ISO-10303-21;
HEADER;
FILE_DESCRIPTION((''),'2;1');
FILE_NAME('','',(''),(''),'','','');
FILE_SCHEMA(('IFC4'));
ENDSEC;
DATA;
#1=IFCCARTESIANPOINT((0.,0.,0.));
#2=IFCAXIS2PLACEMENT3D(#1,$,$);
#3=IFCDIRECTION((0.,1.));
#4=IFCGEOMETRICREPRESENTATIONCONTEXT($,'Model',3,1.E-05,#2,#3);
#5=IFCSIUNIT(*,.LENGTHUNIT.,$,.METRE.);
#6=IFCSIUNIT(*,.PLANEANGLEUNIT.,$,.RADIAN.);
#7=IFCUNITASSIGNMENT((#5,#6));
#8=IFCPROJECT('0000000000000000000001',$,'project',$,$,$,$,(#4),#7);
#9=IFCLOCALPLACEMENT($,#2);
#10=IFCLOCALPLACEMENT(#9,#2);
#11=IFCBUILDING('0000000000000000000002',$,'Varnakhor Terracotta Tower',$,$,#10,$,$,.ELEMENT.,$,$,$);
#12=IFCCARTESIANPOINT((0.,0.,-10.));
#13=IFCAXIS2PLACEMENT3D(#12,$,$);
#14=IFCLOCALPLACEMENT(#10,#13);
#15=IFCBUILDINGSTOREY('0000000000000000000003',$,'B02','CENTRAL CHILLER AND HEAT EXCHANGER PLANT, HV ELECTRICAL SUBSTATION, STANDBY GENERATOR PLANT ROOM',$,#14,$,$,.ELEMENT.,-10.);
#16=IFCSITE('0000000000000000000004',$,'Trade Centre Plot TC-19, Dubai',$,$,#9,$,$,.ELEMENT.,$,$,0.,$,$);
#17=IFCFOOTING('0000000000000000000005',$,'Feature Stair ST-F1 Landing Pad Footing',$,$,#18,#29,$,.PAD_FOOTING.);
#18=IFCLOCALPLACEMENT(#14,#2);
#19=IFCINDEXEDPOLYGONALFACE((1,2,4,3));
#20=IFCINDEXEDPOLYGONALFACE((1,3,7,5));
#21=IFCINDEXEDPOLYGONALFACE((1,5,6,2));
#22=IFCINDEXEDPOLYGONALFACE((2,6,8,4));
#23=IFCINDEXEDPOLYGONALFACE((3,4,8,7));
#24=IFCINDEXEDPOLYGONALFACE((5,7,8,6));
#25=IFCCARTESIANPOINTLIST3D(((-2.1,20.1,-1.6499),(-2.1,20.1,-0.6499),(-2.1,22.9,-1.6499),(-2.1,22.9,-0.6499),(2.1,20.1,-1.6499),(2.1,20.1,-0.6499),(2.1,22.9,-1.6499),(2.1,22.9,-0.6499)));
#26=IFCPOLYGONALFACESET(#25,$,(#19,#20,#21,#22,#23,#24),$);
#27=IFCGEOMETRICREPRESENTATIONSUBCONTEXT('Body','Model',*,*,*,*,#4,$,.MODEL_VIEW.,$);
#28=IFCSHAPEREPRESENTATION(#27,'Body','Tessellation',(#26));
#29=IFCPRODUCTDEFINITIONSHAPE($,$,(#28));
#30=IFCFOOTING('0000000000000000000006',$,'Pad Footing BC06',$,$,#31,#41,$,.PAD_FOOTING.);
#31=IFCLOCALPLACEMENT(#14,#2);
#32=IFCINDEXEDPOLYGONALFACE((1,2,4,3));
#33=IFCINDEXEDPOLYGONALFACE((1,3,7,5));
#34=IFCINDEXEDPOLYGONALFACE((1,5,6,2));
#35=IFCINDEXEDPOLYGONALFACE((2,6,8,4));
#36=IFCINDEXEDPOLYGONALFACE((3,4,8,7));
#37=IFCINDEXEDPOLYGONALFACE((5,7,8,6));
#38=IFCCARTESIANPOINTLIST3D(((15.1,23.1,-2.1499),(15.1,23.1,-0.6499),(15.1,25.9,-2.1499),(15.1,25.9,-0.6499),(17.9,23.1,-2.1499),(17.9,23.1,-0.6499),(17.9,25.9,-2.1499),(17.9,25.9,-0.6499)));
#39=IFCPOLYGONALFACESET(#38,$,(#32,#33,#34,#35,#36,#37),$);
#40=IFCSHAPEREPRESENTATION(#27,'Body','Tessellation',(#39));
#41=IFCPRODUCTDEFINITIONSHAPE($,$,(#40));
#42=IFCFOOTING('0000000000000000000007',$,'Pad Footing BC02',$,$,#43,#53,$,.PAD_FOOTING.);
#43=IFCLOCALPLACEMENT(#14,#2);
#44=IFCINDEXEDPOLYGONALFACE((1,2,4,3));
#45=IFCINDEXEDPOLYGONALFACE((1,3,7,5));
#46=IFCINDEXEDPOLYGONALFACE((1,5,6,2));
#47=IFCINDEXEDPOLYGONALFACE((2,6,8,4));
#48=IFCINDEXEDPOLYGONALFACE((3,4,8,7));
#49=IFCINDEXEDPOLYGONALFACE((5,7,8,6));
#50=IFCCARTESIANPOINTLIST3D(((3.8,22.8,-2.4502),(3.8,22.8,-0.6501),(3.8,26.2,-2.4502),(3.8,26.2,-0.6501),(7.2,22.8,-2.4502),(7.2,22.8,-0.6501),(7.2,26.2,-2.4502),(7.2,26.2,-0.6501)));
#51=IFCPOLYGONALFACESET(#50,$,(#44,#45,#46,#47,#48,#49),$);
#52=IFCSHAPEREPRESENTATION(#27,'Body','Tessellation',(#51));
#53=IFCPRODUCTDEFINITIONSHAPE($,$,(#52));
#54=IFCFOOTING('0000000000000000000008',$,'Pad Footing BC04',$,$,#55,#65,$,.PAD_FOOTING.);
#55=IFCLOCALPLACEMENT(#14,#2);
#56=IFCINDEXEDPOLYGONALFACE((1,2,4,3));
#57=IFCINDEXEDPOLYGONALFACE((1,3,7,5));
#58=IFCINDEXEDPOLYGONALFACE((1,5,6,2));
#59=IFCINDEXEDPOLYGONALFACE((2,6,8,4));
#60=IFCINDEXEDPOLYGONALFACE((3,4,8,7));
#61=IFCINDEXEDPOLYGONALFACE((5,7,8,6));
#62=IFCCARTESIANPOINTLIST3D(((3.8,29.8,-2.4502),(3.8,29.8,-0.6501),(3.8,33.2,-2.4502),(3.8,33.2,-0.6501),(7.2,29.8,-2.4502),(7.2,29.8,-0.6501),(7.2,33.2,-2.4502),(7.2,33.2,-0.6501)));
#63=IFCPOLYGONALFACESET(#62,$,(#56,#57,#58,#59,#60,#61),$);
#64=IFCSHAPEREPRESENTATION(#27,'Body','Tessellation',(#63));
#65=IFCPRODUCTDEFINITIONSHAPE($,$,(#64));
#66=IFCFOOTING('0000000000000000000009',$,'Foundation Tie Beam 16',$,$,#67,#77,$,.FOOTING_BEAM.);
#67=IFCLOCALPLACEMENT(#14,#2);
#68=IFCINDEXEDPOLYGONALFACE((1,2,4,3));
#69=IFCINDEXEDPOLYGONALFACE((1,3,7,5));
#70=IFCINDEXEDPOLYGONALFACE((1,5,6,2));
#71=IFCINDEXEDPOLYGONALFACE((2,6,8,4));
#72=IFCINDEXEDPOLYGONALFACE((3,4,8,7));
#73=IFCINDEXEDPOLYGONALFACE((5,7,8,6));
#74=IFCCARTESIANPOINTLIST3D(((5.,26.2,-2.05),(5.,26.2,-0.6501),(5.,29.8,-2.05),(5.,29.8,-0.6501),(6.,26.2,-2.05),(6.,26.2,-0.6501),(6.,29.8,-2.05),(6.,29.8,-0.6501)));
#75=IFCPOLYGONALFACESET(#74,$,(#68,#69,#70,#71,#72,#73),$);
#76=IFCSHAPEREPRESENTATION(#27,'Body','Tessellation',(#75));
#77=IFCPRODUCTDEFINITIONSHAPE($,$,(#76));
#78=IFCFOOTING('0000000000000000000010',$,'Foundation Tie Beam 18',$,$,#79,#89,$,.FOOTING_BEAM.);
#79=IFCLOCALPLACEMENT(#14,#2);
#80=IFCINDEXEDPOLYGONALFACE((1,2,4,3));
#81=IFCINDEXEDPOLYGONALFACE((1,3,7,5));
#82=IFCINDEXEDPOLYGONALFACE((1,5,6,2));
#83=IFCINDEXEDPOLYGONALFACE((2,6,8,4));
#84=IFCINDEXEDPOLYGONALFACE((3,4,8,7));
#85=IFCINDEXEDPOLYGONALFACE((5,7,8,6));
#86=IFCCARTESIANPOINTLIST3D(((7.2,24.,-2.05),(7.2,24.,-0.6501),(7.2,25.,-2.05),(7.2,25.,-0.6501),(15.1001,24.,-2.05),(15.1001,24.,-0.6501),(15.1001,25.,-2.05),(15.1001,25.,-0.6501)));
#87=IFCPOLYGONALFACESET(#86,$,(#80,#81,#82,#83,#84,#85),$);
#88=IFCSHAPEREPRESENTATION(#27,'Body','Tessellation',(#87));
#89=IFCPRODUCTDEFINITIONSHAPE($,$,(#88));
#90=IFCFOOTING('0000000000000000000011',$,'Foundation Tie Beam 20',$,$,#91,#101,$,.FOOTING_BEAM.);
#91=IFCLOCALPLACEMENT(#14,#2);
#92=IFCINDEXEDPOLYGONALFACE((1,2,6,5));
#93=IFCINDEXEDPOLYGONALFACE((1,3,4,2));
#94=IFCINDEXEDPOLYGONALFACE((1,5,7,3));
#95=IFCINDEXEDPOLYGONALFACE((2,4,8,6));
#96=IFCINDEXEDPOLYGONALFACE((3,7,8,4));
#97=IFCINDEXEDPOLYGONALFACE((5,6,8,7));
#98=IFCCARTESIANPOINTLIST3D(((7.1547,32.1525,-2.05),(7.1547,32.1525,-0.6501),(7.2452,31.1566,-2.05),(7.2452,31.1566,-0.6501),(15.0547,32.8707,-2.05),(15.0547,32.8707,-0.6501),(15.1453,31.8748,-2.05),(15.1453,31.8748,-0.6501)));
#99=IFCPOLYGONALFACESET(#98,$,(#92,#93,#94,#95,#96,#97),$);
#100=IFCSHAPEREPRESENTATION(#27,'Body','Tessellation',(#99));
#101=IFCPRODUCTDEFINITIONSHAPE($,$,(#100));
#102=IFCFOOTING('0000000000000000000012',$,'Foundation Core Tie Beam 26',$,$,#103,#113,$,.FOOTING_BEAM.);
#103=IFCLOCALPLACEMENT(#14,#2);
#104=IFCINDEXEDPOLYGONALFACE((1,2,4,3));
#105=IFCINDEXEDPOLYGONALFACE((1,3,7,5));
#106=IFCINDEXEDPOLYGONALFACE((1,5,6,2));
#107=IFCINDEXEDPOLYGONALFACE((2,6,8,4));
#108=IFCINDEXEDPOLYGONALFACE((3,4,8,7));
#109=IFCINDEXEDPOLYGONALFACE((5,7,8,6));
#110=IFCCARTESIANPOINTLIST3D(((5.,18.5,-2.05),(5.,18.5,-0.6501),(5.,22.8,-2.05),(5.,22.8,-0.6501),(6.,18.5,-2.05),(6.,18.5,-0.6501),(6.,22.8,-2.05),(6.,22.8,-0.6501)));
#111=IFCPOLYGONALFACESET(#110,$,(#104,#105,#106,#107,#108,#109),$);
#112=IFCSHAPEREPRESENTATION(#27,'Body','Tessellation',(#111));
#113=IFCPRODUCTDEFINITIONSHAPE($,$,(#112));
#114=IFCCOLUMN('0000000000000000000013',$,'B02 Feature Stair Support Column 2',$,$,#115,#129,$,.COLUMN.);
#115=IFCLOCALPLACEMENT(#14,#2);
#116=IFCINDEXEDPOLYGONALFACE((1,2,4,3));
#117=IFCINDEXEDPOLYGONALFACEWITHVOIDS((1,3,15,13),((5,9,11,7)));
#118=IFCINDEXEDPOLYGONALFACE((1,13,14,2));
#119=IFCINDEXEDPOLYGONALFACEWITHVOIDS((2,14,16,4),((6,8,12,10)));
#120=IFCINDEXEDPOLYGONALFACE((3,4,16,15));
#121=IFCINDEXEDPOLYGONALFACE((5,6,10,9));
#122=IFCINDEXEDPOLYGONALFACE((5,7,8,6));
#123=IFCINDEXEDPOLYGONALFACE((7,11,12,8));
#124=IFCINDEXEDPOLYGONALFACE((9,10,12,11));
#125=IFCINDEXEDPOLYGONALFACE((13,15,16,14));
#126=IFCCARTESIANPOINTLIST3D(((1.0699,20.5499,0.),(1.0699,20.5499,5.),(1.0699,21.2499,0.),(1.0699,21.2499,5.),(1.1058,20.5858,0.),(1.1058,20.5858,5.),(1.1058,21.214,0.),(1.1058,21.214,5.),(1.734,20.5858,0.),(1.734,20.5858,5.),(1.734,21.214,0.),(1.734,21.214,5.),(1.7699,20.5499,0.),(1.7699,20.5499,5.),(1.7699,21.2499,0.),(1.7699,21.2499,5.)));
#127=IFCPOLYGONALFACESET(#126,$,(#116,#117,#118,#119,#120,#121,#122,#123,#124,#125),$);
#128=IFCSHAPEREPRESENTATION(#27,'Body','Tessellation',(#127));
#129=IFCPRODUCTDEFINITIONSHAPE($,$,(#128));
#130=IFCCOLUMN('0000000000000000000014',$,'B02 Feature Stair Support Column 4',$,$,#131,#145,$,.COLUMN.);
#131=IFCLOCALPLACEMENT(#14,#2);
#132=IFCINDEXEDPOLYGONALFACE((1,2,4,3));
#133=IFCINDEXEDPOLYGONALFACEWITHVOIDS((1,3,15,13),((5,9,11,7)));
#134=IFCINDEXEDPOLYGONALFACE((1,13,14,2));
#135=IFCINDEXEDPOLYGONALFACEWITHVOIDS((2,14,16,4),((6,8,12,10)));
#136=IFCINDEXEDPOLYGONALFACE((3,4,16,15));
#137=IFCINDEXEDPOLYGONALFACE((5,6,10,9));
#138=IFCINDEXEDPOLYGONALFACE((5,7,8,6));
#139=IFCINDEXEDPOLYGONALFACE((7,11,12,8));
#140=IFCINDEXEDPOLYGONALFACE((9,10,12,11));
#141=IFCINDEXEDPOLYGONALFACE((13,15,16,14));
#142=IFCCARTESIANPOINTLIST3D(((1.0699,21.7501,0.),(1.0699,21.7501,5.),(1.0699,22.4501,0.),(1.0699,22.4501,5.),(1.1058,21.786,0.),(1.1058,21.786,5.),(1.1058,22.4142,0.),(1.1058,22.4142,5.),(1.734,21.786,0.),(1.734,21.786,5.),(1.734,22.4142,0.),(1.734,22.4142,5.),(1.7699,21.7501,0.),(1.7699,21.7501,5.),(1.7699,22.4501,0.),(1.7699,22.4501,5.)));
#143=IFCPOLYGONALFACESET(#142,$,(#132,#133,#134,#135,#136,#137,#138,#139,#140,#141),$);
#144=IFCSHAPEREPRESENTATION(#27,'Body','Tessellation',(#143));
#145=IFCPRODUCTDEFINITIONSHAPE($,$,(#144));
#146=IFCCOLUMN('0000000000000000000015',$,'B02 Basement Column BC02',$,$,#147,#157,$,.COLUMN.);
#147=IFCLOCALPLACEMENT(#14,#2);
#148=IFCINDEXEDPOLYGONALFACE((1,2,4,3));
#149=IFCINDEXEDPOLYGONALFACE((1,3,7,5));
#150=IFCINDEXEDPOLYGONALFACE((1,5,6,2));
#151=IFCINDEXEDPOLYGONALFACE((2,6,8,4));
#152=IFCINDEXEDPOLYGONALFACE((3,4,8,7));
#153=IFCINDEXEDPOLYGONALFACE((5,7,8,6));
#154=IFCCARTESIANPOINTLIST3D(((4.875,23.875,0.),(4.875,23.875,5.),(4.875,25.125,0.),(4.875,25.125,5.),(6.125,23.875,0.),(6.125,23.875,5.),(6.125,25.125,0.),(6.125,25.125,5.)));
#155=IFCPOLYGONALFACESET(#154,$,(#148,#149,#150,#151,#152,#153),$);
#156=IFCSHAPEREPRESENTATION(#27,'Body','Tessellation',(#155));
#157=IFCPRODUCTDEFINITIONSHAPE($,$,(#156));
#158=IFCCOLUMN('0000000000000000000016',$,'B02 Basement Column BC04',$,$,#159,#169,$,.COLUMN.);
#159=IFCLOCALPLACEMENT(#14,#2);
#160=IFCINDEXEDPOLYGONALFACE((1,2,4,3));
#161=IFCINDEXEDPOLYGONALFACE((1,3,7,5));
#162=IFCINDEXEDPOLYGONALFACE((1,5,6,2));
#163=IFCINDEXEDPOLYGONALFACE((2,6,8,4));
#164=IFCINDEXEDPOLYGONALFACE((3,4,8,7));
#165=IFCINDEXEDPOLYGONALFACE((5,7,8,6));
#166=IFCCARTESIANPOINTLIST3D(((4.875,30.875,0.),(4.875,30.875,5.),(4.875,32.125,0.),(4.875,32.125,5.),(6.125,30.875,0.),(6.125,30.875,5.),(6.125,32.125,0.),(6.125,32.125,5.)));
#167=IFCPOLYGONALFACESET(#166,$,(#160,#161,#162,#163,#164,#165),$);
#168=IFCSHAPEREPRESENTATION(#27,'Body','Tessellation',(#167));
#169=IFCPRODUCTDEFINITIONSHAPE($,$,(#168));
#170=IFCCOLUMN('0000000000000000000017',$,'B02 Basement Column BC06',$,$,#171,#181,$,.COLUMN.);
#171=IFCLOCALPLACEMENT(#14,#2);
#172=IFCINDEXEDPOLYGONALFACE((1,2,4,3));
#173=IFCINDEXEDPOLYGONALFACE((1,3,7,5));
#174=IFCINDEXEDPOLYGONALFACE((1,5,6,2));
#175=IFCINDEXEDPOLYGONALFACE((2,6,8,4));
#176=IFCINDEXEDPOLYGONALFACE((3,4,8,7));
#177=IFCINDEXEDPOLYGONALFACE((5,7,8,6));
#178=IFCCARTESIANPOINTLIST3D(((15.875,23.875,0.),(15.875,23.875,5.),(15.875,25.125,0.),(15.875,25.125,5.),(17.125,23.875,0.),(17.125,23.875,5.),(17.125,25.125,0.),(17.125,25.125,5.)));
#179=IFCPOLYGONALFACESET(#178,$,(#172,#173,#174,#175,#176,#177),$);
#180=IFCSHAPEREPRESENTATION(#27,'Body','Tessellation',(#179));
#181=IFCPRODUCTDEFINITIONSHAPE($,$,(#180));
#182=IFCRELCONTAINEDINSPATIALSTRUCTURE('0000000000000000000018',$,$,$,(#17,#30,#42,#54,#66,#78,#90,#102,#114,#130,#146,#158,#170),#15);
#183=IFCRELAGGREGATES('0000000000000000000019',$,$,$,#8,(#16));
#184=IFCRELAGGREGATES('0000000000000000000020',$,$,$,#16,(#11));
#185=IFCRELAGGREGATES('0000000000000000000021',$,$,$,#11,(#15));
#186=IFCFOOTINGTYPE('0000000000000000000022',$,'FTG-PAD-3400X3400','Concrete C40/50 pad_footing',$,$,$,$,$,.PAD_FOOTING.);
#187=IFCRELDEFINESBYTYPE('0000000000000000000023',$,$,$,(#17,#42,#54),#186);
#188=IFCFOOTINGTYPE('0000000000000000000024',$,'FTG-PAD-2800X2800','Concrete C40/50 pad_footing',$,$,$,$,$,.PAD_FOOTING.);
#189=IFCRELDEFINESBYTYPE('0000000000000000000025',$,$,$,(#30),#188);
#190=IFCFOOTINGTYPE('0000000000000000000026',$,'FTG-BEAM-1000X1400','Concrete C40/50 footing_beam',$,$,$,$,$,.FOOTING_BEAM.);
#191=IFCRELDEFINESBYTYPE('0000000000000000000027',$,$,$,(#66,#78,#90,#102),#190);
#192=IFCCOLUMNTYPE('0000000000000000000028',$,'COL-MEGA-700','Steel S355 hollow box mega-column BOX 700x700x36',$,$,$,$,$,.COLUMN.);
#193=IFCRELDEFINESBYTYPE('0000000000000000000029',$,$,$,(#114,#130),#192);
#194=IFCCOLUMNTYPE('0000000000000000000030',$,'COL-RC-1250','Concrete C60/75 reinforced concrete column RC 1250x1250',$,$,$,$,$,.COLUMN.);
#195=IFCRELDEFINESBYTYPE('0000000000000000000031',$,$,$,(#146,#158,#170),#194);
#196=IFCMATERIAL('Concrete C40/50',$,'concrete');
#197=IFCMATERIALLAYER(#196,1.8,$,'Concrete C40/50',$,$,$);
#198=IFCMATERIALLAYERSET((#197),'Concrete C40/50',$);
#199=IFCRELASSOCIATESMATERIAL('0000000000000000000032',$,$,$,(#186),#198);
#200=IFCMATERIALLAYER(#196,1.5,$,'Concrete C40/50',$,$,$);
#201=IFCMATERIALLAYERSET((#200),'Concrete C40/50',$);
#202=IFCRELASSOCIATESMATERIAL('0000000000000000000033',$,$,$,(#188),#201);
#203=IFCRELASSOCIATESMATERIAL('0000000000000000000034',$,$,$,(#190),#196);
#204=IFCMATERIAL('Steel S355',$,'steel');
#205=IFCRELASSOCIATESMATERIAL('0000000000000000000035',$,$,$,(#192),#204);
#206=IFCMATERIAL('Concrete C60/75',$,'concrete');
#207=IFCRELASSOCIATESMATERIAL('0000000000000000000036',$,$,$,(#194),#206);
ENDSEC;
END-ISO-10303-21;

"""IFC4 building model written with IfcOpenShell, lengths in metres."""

from ifc_helpers import new_model, si_unit, direction, frame, origin, origin_2d, place, context, subcontext, project, spatial, rectangle, hollow_rectangle, extrude, source, transform, mapped, material, layer, layer_set, material_profile, profile_set, type_object, type_shapes, element, save


model = new_model("IFC4")

# Units and contexts
model_context = context("Model", 3, precision=1e-05, world=origin(), true_north=direction((0.0, 1.0)))
body_context = subcontext(model_context, "Body", "Model", "MODEL_VIEW")
ifc_project = project(units=[si_unit("LENGTHUNIT", "METRE"), si_unit("PLANEANGLEUNIT", "RADIAN")], contexts=[model_context])

# Site, building, storey
site_placement = place(None, origin())
site = spatial("IfcSite", under=ifc_project, at=site_placement, Name="Trade Centre Plot TC-19, Dubai", CompositionType="ELEMENT", RefElevation=0.0)
building_placement = place(site_placement, origin())
building = spatial("IfcBuilding", under=site, at=building_placement, Name="Varnakhor Terracotta Tower", CompositionType="ELEMENT")
storey_placement = place(building_placement, frame((0.0, 0.0, -10.0)))
storey = spatial("IfcBuildingStorey", under=building, at=storey_placement, Name="B02", Description="CENTRAL CHILLER AND HEAT EXCHANGER PLANT, HV ELECTRICAL SUBSTATION, STANDBY GENERATOR PLANT ROOM", CompositionType="ELEMENT", Elevation=-10.0)

# Footings
ifc_material_1 = material(Name="Concrete C40/50", Category="concrete")
ifc_layer_1 = layer(ifc_material_1, 1.8, Name="Concrete C40/50")
ifc_layer_set_1 = layer_set([ifc_layer_1], Name="Concrete C40/50")
footing_type_1 = type_object("IfcFootingType", Name="FTG-PAD-3400X3400", Description="Concrete C40/50 pad_footing", PredefinedType="PAD_FOOTING", material=ifc_layer_set_1)
shared_shape_1 = source(origin(), body_context, "Body", "SweptSolid", [
    extrude(rectangle(XDim=4.2, YDim=2.8, at=origin_2d()), origin(), (0.0, 0.0, 1.0), 1.0),
])
footing_1_placement = place(storey_placement, frame((0.0, 21.5, -1.6499), z_axis=(0.0, 0.0, 1.0), x_axis=(1.0, 0.0, 0.0)))
element("IfcFooting", 1, at=footing_1_placement, inside=storey, type_object=footing_type_1, Name="Feature Stair ST-F1 Landing Pad Footing", PredefinedType="PAD_FOOTING", context=body_context, shape_type="MappedRepresentation", body=[
    mapped(shared_shape_1, transform((0.0, 0.0, 0.0), scale=1.0)),
])
ifc_layer_2 = layer(ifc_material_1, 1.5, Name="Concrete C40/50")
ifc_layer_set_2 = layer_set([ifc_layer_2], Name="Concrete C40/50")
footing_type_2 = type_object("IfcFootingType", Name="FTG-PAD-2800X2800", Description="Concrete C40/50 pad_footing", PredefinedType="PAD_FOOTING", material=ifc_layer_set_2)
shared_shape_2 = source(origin(), body_context, "Body", "SweptSolid", [
    extrude(rectangle(XDim=2.8, YDim=2.8, at=origin_2d()), origin(), (0.0, 0.0, 1.0), 1.5),
])
footing_2_placement = place(storey_placement, frame((16.5, 24.5, -2.1499), z_axis=(0.0, 0.0, 1.0), x_axis=(1.0, 0.0, 0.0)))
element("IfcFooting", 2, at=footing_2_placement, inside=storey, type_object=footing_type_2, Name="Pad Footing BC06", PredefinedType="PAD_FOOTING", context=body_context, shape_type="MappedRepresentation", body=[
    mapped(shared_shape_2, transform((0.0, 0.0, 0.0), scale=1.0)),
])
shared_shape_3 = source(origin(), body_context, "Body", "SweptSolid", [
    extrude(rectangle(XDim=3.3999, YDim=3.3999, at=origin_2d()), origin(), (0.0, 0.0, 1.0), 1.8),
])
for number, where, z_axis, x_axis, name in (
    (3, (5.5, 24.5, -2.4502), (0.0, 0.0, 1.0), (1.0, 0.0, 0.0), "Pad Footing BC02"),
    (4, (5.5, 31.5, -2.4502), (0.0, 0.0, 1.0), (1.0, 0.0, 0.0), "Pad Footing BC04"),
):
    element("IfcFooting", number, at=place(storey_placement, frame(where, z_axis=z_axis, x_axis=x_axis)), inside=storey, type_object=footing_type_1, Name=name, PredefinedType="PAD_FOOTING", context=body_context, shape_type="MappedRepresentation", body=[
        mapped(shared_shape_3, transform((0.0, 0.0, 0.0), scale=1.0)),
    ])
ifc_material_profile_1 = material_profile(ifc_material_1, rectangle(XDim=1.0, YDim=1.3999, at=origin_2d()), Name="TIE BEAM 1000x1400")
ifc_profile_set_1 = profile_set([ifc_material_profile_1], Name="Concrete C40/50")
footing_type_3 = type_object("IfcFootingType", Name="FTG-BEAM-1000X1400", Description="Concrete C40/50 footing_beam", PredefinedType="FOOTING_BEAM", material=ifc_profile_set_1)
shared_shape_4 = source(origin(), body_context, "Body", "SweptSolid", [
    extrude(rectangle(XDim=1.0, YDim=1.3999, at=origin_2d()), origin(), (0.0, 0.0, 1.0), 3.6001),
])
footing_3_placement = place(storey_placement, frame((5.5, 26.2, -1.3501), z_axis=(0.0, 1.0, 0.0), x_axis=(-1.0, 0.0, 0.0)))
element("IfcFooting", 5, at=footing_3_placement, inside=storey, type_object=footing_type_3, Name="Foundation Tie Beam 16", PredefinedType="FOOTING_BEAM", context=body_context, shape_type="MappedRepresentation", body=[
    mapped(shared_shape_4, transform((0.0, 0.0, 0.0), scale=1.0)),
])
shared_shape_5 = source(origin(), body_context, "Body", "SweptSolid", [
    extrude(rectangle(XDim=1.0, YDim=1.3999, at=origin_2d()), origin(), (0.0, 0.0, 1.0), 7.9001),
])
footing_4_placement = place(storey_placement, frame((7.2, 24.5, -1.3501), z_axis=(1.0, 0.0, 0.0), x_axis=(0.0, 1.0, 0.0)))
element("IfcFooting", 6, at=footing_4_placement, inside=storey, type_object=footing_type_3, Name="Foundation Tie Beam 18", PredefinedType="FOOTING_BEAM", context=body_context, shape_type="MappedRepresentation", body=[
    mapped(shared_shape_5, transform((0.0, 0.0, 0.0), scale=1.0)),
])
shared_shape_6 = source(origin(), body_context, "Body", "SweptSolid", [
    extrude(rectangle(XDim=1.0, YDim=1.3999, at=origin_2d()), origin(), (0.0, 0.0, 1.0), 7.9326),
])
footing_5_placement = place(storey_placement, frame((7.2, 31.6545, -1.3501), z_axis=(0.995892, 0.090544, 0.0), x_axis=(-0.090544, 0.995892, 0.0)))
element("IfcFooting", 7, at=footing_5_placement, inside=storey, type_object=footing_type_3, Name="Foundation Tie Beam 20", PredefinedType="FOOTING_BEAM", context=body_context, shape_type="MappedRepresentation", body=[
    mapped(shared_shape_6, transform((0.0, 0.0, 0.0), scale=1.0)),
])
shared_shape_7 = source(origin(), body_context, "Body", "SweptSolid", [
    extrude(rectangle(XDim=1.0, YDim=1.3999, at=origin_2d()), origin(), (0.0, 0.0, 1.0), 4.3),
])
footing_6_placement = place(storey_placement, frame((5.5, 18.5, -1.3501), z_axis=(0.0, 1.0, 0.0), x_axis=(-1.0, 0.0, 0.0)))
element("IfcFooting", 8, at=footing_6_placement, inside=storey, type_object=footing_type_3, Name="Foundation Core Tie Beam 26", PredefinedType="FOOTING_BEAM", context=body_context, shape_type="MappedRepresentation", body=[
    mapped(shared_shape_7, transform((0.0, 0.0, 0.0), scale=1.0)),
])

# Columns
ifc_material_2 = material(Name="Steel S355", Category="steel")
ifc_material_profile_2 = material_profile(ifc_material_2, hollow_rectangle(XDim=0.7, YDim=0.7, WallThickness=0.0359, at=origin_2d()), Name="BOX 700x700x36")
ifc_profile_set_2 = profile_set([ifc_material_profile_2], Name="Steel S355")
column_type_1 = type_object("IfcColumnType", Name="COL-MEGA-700", Description="Steel S355 hollow box mega-column BOX 700x700x36", PredefinedType="COLUMN", material=ifc_profile_set_2)
shared_shape_8 = source(origin(), body_context, "Body", "SweptSolid", [
    extrude(hollow_rectangle(XDim=0.7, YDim=0.7, WallThickness=0.0359, at=origin_2d()), origin(), (0.0, 0.0, 1.0), 5.0),
])
type_shapes(column_type_1, [shared_shape_8])
for number, where, z_axis, x_axis, name in (
    (9, (1.4199, 20.8999, 0.0), (0.0, 0.0, 1.0), (1.0, 0.0, 0.0), "B02 Feature Stair Support Column 2"),
    (10, (1.4199, 22.1001, 0.0), (0.0, 0.0, 1.0), (1.0, 0.0, 0.0), "B02 Feature Stair Support Column 4"),
):
    element("IfcColumn", number, at=place(storey_placement, frame(where, z_axis=z_axis, x_axis=x_axis)), inside=storey, type_object=column_type_1, Name=name, PredefinedType="COLUMN", context=body_context, shape_type="MappedRepresentation", body=[
        mapped(shared_shape_8, transform((0.0, 0.0, 0.0), scale=1.0)),
    ])
ifc_material_3 = material(Name="Concrete C60/75", Category="concrete")
ifc_material_profile_3 = material_profile(ifc_material_3, rectangle(XDim=1.25, YDim=1.25, at=origin_2d()), Name="RC 1250x1250")
ifc_profile_set_3 = profile_set([ifc_material_profile_3], Name="Concrete C60/75")
column_type_2 = type_object("IfcColumnType", Name="COL-RC-1250", Description="Concrete C60/75 reinforced concrete column RC 1250x1250", PredefinedType="COLUMN", material=ifc_profile_set_3)
shared_shape_9 = source(origin(), body_context, "Body", "SweptSolid", [
    extrude(rectangle(XDim=1.25, YDim=1.25, at=origin_2d()), origin(), (0.0, 0.0, 1.0), 5.0),
])
type_shapes(column_type_2, [shared_shape_9])
for number, where, z_axis, x_axis, name in (
    (11, (5.5, 24.5, 0.0), (0.0, 0.0, 1.0), (1.0, 0.0, 0.0), "B02 Basement Column BC02"),
    (12, (5.5, 31.5, 0.0), (0.0, 0.0, 1.0), (1.0, 0.0, 0.0), "B02 Basement Column BC04"),
    (13, (16.5, 24.5, 0.0), (0.0, 0.0, 1.0), (1.0, 0.0, 0.0), "B02 Basement Column BC06"),
):
    element("IfcColumn", number, at=place(storey_placement, frame(where, z_axis=z_axis, x_axis=x_axis)), inside=storey, type_object=column_type_2, Name=name, PredefinedType="COLUMN", context=body_context, shape_type="MappedRepresentation", body=[
        mapped(shared_shape_9, transform((0.0, 0.0, 0.0), scale=1.0)),
    ])

save(model, "model.ifc")
